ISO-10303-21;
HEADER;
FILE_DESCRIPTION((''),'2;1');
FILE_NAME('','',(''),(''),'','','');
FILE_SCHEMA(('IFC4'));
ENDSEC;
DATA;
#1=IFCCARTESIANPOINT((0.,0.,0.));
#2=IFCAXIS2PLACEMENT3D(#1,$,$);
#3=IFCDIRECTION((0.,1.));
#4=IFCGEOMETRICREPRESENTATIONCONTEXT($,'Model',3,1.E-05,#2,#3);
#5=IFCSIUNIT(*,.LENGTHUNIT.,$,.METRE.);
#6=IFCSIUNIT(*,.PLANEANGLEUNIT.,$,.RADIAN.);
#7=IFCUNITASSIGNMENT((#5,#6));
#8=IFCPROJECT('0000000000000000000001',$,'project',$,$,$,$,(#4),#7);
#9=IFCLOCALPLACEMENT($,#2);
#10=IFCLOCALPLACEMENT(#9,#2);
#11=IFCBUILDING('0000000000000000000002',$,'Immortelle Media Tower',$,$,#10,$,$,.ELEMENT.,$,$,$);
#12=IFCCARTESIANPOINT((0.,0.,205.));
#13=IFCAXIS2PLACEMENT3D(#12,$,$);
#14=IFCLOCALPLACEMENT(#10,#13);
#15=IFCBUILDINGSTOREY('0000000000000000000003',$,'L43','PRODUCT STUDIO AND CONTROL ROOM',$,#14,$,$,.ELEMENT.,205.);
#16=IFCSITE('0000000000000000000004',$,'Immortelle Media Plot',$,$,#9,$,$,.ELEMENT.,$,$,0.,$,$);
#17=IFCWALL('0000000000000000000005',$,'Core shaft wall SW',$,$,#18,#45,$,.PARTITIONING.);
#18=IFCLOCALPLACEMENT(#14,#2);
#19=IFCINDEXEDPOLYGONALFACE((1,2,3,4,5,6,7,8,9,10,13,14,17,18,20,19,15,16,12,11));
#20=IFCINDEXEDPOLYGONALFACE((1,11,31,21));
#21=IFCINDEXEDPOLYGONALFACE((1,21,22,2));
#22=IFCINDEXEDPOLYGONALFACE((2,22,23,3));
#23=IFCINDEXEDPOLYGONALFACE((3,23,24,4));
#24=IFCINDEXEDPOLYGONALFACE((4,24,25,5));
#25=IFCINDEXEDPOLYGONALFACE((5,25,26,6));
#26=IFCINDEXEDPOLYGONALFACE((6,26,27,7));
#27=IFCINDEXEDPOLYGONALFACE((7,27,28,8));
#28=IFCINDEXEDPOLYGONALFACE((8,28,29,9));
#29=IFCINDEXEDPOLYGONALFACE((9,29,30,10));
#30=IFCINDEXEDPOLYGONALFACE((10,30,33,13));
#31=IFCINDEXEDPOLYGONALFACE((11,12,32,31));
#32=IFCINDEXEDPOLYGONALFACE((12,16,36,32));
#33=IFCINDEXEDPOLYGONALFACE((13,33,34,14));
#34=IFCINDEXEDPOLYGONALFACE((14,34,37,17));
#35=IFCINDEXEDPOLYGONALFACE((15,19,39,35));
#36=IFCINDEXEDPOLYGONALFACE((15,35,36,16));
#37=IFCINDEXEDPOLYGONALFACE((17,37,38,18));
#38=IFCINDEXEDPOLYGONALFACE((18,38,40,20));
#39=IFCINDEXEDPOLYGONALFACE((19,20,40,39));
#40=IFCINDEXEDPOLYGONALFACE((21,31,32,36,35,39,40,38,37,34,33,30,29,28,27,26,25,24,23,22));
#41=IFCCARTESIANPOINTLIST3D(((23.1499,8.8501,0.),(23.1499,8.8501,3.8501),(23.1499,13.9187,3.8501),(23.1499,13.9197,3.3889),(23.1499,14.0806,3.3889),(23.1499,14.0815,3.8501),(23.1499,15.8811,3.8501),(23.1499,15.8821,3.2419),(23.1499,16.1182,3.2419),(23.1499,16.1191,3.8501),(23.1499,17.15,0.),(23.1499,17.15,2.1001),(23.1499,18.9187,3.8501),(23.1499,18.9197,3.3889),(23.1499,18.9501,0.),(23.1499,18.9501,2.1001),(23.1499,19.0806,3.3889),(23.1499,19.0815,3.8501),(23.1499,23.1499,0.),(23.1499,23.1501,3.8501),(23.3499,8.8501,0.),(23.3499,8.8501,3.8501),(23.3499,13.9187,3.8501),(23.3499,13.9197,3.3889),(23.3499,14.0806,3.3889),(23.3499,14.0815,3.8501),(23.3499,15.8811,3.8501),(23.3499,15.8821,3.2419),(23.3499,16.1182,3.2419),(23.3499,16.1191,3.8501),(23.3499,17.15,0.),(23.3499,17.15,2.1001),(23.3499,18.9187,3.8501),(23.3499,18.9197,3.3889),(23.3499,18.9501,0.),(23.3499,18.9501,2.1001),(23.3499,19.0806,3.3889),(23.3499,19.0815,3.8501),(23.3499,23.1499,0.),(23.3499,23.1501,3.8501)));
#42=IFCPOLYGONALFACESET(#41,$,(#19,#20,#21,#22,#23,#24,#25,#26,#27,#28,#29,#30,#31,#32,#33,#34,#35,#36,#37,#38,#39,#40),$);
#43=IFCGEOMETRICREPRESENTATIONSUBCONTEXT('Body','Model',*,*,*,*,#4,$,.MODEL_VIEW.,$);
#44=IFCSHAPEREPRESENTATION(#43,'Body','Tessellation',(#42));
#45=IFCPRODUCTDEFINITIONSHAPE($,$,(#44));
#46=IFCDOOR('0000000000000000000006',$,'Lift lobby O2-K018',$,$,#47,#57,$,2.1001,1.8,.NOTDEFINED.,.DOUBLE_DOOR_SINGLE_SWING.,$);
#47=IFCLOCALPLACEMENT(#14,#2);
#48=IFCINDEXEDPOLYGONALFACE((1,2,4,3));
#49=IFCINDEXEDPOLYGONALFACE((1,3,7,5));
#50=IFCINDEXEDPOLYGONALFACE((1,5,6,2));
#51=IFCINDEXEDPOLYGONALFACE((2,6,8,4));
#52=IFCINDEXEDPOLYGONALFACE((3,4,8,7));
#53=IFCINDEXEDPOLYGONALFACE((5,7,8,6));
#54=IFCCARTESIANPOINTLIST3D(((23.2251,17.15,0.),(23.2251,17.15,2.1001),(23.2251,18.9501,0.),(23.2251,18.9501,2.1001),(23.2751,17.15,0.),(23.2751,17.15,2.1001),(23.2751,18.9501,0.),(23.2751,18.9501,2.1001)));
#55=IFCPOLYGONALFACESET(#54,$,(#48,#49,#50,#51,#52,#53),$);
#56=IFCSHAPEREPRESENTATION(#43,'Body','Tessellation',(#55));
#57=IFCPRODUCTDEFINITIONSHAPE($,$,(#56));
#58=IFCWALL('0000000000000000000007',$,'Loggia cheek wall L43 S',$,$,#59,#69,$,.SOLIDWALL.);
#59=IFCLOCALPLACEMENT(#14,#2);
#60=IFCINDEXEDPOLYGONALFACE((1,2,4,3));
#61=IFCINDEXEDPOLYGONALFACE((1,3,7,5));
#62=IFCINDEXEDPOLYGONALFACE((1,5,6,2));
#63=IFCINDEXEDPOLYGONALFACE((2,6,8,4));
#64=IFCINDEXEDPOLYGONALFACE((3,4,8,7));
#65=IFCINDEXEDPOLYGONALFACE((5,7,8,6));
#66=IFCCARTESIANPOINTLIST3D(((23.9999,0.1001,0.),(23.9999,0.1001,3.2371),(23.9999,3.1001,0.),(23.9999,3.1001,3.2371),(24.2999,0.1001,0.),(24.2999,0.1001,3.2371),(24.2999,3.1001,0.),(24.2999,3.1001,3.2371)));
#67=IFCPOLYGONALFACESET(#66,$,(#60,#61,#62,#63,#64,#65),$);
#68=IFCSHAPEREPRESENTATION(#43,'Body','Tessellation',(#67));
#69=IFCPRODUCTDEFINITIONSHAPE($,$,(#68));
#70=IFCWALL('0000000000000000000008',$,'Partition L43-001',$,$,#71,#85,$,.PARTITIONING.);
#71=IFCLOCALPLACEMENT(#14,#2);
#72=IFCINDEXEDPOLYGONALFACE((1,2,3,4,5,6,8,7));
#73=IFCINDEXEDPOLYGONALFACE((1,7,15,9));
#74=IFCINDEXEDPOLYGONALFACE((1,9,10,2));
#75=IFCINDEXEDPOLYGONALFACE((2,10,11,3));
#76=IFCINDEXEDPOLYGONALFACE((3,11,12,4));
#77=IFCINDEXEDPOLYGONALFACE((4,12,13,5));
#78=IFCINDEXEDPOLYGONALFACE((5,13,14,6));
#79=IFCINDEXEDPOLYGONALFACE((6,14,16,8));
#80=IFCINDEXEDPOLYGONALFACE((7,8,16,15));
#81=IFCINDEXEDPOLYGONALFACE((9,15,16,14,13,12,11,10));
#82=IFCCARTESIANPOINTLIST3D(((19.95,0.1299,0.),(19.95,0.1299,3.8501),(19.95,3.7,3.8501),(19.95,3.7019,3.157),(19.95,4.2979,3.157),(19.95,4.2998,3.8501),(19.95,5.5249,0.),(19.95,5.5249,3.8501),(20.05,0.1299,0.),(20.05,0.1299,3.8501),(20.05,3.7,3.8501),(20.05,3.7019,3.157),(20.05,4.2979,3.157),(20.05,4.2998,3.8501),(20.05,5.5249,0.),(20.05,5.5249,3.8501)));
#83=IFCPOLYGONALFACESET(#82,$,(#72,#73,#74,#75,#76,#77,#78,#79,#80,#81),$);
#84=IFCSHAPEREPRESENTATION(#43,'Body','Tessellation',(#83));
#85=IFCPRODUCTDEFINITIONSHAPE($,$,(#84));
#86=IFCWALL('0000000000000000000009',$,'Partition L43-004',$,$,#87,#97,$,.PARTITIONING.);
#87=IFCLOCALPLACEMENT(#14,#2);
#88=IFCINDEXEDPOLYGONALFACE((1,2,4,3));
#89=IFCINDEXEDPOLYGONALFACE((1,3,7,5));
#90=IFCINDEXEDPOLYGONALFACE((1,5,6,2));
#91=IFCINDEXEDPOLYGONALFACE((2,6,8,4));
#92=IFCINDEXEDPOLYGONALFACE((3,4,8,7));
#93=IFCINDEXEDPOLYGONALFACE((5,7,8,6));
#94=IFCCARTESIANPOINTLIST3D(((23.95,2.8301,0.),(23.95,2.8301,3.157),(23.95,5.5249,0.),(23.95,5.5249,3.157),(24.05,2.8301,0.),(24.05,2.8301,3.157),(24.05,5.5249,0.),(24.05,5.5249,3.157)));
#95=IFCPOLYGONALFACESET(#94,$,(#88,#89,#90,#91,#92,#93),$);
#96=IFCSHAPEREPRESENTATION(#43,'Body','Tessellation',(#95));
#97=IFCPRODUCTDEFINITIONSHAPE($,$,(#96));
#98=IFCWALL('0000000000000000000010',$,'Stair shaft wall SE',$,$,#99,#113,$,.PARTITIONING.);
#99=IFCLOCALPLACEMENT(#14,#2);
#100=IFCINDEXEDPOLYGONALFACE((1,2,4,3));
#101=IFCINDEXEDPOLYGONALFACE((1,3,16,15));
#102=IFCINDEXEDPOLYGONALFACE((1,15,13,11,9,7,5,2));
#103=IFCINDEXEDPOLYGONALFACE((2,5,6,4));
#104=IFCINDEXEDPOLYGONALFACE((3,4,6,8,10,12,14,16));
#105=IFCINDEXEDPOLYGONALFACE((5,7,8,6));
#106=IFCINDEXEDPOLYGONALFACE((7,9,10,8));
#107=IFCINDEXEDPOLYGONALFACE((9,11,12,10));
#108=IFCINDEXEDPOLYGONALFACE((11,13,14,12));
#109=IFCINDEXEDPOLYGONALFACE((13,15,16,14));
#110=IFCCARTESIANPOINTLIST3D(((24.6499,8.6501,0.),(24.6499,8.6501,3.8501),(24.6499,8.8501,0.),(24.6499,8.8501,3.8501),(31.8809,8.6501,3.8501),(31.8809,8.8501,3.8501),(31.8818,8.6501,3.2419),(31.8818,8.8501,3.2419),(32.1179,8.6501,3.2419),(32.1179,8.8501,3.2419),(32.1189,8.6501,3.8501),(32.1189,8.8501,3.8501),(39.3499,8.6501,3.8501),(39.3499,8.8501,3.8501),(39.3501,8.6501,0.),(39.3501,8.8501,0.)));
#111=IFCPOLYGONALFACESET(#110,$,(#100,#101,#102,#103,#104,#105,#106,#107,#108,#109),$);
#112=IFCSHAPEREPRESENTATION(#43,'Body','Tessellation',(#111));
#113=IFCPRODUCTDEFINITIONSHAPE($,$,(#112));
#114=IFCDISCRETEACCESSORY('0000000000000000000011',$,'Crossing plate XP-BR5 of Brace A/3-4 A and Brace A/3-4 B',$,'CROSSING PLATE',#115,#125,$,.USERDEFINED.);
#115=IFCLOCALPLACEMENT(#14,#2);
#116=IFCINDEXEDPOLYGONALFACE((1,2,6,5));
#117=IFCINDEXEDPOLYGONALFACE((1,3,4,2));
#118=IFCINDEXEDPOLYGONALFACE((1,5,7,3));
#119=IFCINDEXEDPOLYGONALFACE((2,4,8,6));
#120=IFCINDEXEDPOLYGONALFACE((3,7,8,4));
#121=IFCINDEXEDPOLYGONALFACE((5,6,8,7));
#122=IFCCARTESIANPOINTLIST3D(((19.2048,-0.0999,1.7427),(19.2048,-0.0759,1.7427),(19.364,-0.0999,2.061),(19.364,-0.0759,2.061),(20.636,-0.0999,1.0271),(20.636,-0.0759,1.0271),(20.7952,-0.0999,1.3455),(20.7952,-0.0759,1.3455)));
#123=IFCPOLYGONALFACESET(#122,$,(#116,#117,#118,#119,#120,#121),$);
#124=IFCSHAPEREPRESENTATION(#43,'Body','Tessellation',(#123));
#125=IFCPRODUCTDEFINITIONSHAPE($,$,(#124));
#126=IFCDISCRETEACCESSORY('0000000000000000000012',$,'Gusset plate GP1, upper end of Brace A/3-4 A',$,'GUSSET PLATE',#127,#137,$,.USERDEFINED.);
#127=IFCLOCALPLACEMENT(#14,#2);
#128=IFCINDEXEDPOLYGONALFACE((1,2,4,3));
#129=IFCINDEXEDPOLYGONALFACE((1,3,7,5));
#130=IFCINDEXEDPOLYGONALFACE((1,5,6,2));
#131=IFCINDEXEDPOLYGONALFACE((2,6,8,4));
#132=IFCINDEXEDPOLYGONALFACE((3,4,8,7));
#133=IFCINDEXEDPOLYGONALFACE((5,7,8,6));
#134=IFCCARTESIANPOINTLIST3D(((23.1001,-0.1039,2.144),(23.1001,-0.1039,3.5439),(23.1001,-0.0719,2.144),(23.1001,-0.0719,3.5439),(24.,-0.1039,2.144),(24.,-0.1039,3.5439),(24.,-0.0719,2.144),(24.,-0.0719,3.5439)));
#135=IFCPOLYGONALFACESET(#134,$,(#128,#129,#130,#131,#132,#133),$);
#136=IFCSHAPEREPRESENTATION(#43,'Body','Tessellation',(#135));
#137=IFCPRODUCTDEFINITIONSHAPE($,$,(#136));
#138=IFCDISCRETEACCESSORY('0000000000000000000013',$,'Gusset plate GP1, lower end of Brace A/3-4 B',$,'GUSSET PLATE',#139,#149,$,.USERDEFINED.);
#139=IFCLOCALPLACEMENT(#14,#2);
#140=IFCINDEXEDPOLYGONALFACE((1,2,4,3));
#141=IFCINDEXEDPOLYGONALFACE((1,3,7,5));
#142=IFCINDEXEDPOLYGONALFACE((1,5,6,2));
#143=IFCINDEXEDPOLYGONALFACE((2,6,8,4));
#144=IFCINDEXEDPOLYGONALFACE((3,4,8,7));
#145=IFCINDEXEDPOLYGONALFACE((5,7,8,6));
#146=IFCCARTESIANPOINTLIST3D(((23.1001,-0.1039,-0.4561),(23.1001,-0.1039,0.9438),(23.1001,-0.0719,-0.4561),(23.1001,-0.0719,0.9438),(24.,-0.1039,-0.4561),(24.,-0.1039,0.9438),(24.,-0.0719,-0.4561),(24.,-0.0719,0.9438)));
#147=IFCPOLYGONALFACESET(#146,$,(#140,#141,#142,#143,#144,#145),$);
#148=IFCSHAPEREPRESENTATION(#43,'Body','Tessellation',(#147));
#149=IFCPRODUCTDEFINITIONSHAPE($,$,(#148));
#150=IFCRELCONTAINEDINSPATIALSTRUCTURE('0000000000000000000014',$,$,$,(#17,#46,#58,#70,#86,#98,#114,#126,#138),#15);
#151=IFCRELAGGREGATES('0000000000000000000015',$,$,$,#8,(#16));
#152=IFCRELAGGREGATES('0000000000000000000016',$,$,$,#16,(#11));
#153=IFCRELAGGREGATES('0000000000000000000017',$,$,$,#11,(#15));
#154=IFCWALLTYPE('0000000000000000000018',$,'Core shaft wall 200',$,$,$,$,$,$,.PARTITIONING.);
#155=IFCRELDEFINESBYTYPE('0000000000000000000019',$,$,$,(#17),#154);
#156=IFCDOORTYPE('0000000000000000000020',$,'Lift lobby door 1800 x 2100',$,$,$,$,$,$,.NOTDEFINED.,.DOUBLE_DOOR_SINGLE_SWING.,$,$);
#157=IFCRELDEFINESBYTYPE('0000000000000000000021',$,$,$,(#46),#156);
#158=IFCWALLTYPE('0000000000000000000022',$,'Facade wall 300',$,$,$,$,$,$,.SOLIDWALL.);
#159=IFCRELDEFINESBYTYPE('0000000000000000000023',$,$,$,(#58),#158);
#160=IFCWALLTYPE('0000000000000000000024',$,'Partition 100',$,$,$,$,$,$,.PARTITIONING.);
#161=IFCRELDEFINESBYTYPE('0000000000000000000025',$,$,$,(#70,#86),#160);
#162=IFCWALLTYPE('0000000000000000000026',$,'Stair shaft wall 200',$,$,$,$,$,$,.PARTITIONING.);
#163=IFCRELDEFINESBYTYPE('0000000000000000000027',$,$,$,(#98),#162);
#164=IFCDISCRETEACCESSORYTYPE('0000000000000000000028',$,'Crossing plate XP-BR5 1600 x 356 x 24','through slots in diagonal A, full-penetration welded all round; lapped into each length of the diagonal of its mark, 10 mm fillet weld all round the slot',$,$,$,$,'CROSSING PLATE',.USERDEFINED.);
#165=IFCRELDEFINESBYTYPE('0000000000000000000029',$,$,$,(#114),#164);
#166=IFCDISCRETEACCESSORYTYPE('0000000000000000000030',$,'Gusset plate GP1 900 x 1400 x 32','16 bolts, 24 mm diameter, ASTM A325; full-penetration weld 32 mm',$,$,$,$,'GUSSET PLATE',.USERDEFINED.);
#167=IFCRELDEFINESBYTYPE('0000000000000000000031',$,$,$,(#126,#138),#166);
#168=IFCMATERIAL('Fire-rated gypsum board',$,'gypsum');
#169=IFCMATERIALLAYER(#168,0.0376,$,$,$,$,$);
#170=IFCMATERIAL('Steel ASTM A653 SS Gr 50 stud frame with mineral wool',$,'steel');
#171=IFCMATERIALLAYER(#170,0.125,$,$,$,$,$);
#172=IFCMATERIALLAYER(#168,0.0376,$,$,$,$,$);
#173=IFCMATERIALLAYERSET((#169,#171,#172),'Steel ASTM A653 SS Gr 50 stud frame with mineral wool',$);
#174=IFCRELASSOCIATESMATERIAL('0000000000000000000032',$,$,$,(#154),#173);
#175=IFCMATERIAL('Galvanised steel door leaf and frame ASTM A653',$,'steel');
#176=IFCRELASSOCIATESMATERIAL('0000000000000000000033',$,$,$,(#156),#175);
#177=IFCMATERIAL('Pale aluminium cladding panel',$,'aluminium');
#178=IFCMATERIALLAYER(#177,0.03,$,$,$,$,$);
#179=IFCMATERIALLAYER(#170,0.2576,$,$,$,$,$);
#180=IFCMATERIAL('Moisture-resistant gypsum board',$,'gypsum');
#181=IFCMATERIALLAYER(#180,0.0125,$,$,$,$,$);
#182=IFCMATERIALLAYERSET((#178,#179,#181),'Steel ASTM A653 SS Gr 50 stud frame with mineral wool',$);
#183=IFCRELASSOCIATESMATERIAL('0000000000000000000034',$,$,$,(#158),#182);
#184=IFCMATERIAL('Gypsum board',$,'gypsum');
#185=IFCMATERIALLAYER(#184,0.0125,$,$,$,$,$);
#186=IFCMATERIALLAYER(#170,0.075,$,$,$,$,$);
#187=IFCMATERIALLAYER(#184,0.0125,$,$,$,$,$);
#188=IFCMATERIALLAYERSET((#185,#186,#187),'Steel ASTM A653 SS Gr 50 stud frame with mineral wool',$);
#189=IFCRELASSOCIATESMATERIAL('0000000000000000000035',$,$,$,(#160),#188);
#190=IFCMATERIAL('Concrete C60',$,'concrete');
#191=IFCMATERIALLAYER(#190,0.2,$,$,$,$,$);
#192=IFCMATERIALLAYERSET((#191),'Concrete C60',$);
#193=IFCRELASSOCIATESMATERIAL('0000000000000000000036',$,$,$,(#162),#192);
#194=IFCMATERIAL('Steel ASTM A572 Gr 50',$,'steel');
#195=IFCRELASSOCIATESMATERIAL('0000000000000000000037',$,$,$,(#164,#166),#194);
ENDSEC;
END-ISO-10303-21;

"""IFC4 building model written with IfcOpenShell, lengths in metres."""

from ifc_helpers import new_model, si_unit, direction, frame, frame_2d, origin, origin_2d, place, context, subcontext, project, spatial, polyline, rectangle, outline, extrude, material, layer, layer_set, material_profile, profile_set, type_object, element, fill, save


model = new_model("IFC4")

# Units and contexts
model_context = context("Model", 3, precision=1e-05, world=origin(), true_north=direction((0.0, 1.0)))
body_context = subcontext(model_context, "Body", "Model", "MODEL_VIEW")
ifc_project = project(units=[si_unit("LENGTHUNIT", "METRE"), si_unit("PLANEANGLEUNIT", "RADIAN")], contexts=[model_context])

# Site, building, storey
site_placement = place(None, origin())
site = spatial("IfcSite", under=ifc_project, at=site_placement, Name="Immortelle Media Plot", CompositionType="ELEMENT", RefElevation=0.0)
building_placement = place(site_placement, origin())
building = spatial("IfcBuilding", under=site, at=building_placement, Name="Immortelle Media Tower", CompositionType="ELEMENT")
storey_placement = place(building_placement, frame((0.0, 0.0, 205.0)))
storey = spatial("IfcBuildingStorey", under=building, at=storey_placement, Name="L43", Description="PRODUCT STUDIO AND CONTROL ROOM", CompositionType="ELEMENT", Elevation=205.0)

# Wall, opening, door
ifc_material_1 = material(Name="Fire-rated gypsum board", Category="gypsum")
ifc_layer_1 = layer(ifc_material_1, 0.0376)
ifc_material_2 = material(Name="Steel ASTM A653 SS Gr 50 stud frame with mineral wool", Category="steel")
ifc_layer_2 = layer(ifc_material_2, 0.125)
ifc_layer_3 = layer(ifc_material_1, 0.0376)
ifc_layer_set_1 = layer_set([ifc_layer_1, ifc_layer_2, ifc_layer_3], Name="Steel ASTM A653 SS Gr 50 stud frame with mineral wool")
wall_type_1 = type_object("IfcWallType", Name="Core shaft wall 200", PredefinedType="PARTITIONING", material=ifc_layer_set_1)
wall_1_placement = place(storey_placement, frame((23.25, 8.8501, 0.0), z_axis=(0.0, 0.0, 1.0), x_axis=(0.0, 1.0, 0.0)))
wall_1 = element("IfcWall", 1, at=wall_1_placement, inside=storey, type_object=wall_type_1, Name="Core shaft wall SW", PredefinedType="PARTITIONING", context=body_context, shape_type="SweptSolid", body=[
    extrude(outline(polyline([(0.0, 0.0), (14.2998, 0.0), (14.3, 3.8501), (10.2314, 3.8501), (10.2305, 3.3889), (10.0696, 3.3889), (10.0686, 3.8501), (7.269, 3.8501), (7.2681, 3.2419), (7.032, 3.2419), (7.031, 3.8501), (5.2314, 3.8501), (5.2305, 3.3889), (5.0696, 3.3889), (5.0686, 3.8501), (0.0, 3.8501), (0.0, 0.0)])), frame((0.0, 0.1001, 0.0), z_axis=(0.0, -1.0, 0.0), x_axis=(1.0, 0.0, 0.0)), (0.0, 0.0, 1.0), 0.2),
])
opening_1_placement = place(wall_1_placement, frame((8.3, 0.0, 0.0)))
opening_1 = element("IfcOpeningElement", 2, at=opening_1_placement, cuts=wall_1, PredefinedType="OPENING", context=body_context, shape_type="SweptSolid", body=[
    extrude(rectangle(XDim=1.8, YDim=2.1001, at=frame_2d((0.8999, 1.05))), frame((0.0, 0.1099, 0.0), z_axis=(0.0, -1.0, 0.0), x_axis=(1.0, 0.0, 0.0)), (0.0, 0.0, 1.0), 0.22),
])
ifc_material_3 = material(Name="Galvanised steel door leaf and frame ASTM A653", Category="steel")
door_type_1 = type_object("IfcDoorType", Name="Lift lobby door 1800 x 2100", OperationType="DOUBLE_DOOR_SINGLE_SWING", PredefinedType="NOTDEFINED", material=ifc_material_3)
door_1_placement = place(opening_1_placement, origin())
door_1 = element("IfcDoor", 3, at=door_1_placement, inside=storey, type_object=door_type_1, Name="Lift lobby O2-K018", OperationType="DOUBLE_DOOR_SINGLE_SWING", OverallHeight=2.1001, OverallWidth=1.8, PredefinedType="NOTDEFINED", context=body_context, shape_type="SweptSolid", body=[
    extrude(rectangle(XDim=1.8, YDim=2.1001, at=frame_2d((0.8999, 1.05))), frame((0.0, 0.0249, 0.0), z_axis=(0.0, -1.0, 0.0), x_axis=(1.0, 0.0, 0.0)), (0.0, 0.0, 1.0), 0.05),
])
fill(opening_1, door_1)

# Shared definitions
ifc_material_4 = material(Name="Pale aluminium cladding panel", Category="aluminium")
ifc_layer_4 = layer(ifc_material_4, 0.03)
ifc_layer_5 = layer(ifc_material_2, 0.2576)
ifc_material_5 = material(Name="Moisture-resistant gypsum board", Category="gypsum")
ifc_layer_6 = layer(ifc_material_5, 0.0125)
ifc_layer_set_2 = layer_set([ifc_layer_4, ifc_layer_5, ifc_layer_6], Name="Steel ASTM A653 SS Gr 50 stud frame with mineral wool")
wall_type_2 = type_object("IfcWallType", Name="Facade wall 300", PredefinedType="SOLIDWALL", material=ifc_layer_set_2)

# Walls
wall_2_placement = place(storey_placement, frame((24.1499, 0.1001, 0.0), z_axis=(0.0, 0.0, 1.0), x_axis=(0.0, 1.0, 0.0)))
element("IfcWall", 4, at=wall_2_placement, inside=storey, type_object=wall_type_2, Name="Loggia cheek wall L43 S", PredefinedType="SOLIDWALL", context=body_context, shape_type="SweptSolid", body=[
    extrude(rectangle(XDim=3.0, YDim=0.3, at=frame_2d((1.5, 0.0))), origin(), (0.0, 0.0, 1.0), 3.2371),
])
ifc_material_6 = material(Name="Gypsum board", Category="gypsum")
ifc_layer_7 = layer(ifc_material_6, 0.0125)
ifc_layer_8 = layer(ifc_material_2, 0.075)
ifc_layer_9 = layer(ifc_material_6, 0.0125)
ifc_layer_set_3 = layer_set([ifc_layer_7, ifc_layer_8, ifc_layer_9], Name="Steel ASTM A653 SS Gr 50 stud frame with mineral wool")
wall_type_3 = type_object("IfcWallType", Name="Partition 100", PredefinedType="PARTITIONING", material=ifc_layer_set_3)
wall_3_placement = place(storey_placement, frame((20.0, 0.1299, 0.0), z_axis=(0.0, 0.0, 1.0), x_axis=(0.0, 1.0, 0.0)))
element("IfcWall", 5, at=wall_3_placement, inside=storey, type_object=wall_type_3, Name="Partition L43-001", PredefinedType="PARTITIONING", context=body_context, shape_type="SweptSolid", body=[
    extrude(outline(polyline([(0.0, 0.0), (5.395, 0.0), (5.395, 3.8501), (4.1699, 3.8501), (4.168, 3.157), (3.572, 3.157), (3.5701, 3.8501), (0.0, 3.8501), (0.0, 0.0)])), frame((0.0, 0.05, 0.0), z_axis=(0.0, -1.0, 0.0), x_axis=(1.0, 0.0, 0.0)), (0.0, 0.0, 1.0), 0.1001),
])
wall_4_placement = place(storey_placement, frame((24.0, 2.8301, 0.0), z_axis=(0.0, 0.0, 1.0), x_axis=(0.0, 1.0, 0.0)))
element("IfcWall", 6, at=wall_4_placement, inside=storey, type_object=wall_type_3, Name="Partition L43-004", PredefinedType="PARTITIONING", context=body_context, shape_type="SweptSolid", body=[
    extrude(rectangle(XDim=2.6948, YDim=0.1001, at=frame_2d((1.3474, 0.0))), origin(), (0.0, 0.0, 1.0), 3.157),
])
ifc_material_7 = material(Name="Concrete C60", Category="concrete")
ifc_layer_10 = layer(ifc_material_7, 0.2)
ifc_layer_set_4 = layer_set([ifc_layer_10], Name="Concrete C60")
wall_type_4 = type_object("IfcWallType", Name="Stair shaft wall 200", PredefinedType="PARTITIONING", material=ifc_layer_set_4)
wall_5_placement = place(storey_placement, frame((24.6499, 8.75, 0.0), z_axis=(0.0, 0.0, 1.0), x_axis=(1.0, 0.0, 0.0)))
element("IfcWall", 7, at=wall_5_placement, inside=storey, type_object=wall_type_4, Name="Stair shaft wall SE", PredefinedType="PARTITIONING", context=body_context, shape_type="SweptSolid", body=[
    extrude(outline(polyline([(0.0, 0.0), (14.7002, 0.0), (14.7, 3.8501), (7.469, 3.8501), (7.468, 3.2419), (7.2319, 3.2419), (7.231, 3.8501), (0.0, 3.8501), (0.0, 0.0)])), frame((0.0, 0.1001, 0.0), z_axis=(0.0, -1.0, 0.0), x_axis=(1.0, 0.0, 0.0)), (0.0, 0.0, 1.0), 0.2),
])

# Discrete accessories
ifc_material_8 = material(Name="Steel ASTM A572 Gr 50", Category="steel")
ifc_material_profile_1 = material_profile(ifc_material_8, rectangle(XDim=0.0239, YDim=0.356, at=origin_2d()), Name="PL 24 x 356")
ifc_profile_set_1 = profile_set([ifc_material_profile_1], Name="Steel ASTM A572 Gr 50")
discrete_accessory_type_1 = type_object("IfcDiscreteAccessoryType", Name="Crossing plate XP-BR5 1600 x 356 x 24", Description="through slots in diagonal A, full-penetration welded all round; lapped into each length of the diagonal of its mark, 10 mm fillet weld all round the slot", ElementType="CROSSING PLATE", PredefinedType="USERDEFINED", material=ifc_profile_set_1)
discrete_accessory_placement = place(storey_placement, frame((19.2844, -0.0879, 1.9019), z_axis=(0.894427, 0.0, -0.447214), x_axis=(0.0, 1.0, 0.0)))
element("IfcDiscreteAccessory", 8, at=discrete_accessory_placement, inside=storey, type_object=discrete_accessory_type_1, Name="Crossing plate XP-BR5 of Brace A/3-4 A and Brace A/3-4 B", ObjectType="CROSSING PLATE", PredefinedType="USERDEFINED", context=body_context, shape_type="SweptSolid", body=[
    extrude(rectangle(XDim=0.0239, YDim=0.356, at=origin_2d()), origin(), (0.0, 0.0, 1.0), 1.6001),
])
ifc_material_profile_2 = material_profile(ifc_material_8, rectangle(XDim=0.032, YDim=1.3999, at=origin_2d()), Name="PL 32 x 1400")
ifc_profile_set_2 = profile_set([ifc_material_profile_2], Name="Steel ASTM A572 Gr 50")
discrete_accessory_type_2 = type_object("IfcDiscreteAccessoryType", Name="Gusset plate GP1 900 x 1400 x 32", Description="16 bolts, 24 mm diameter, ASTM A325; full-penetration weld 32 mm", ElementType="GUSSET PLATE", PredefinedType="USERDEFINED", material=ifc_profile_set_2)
for number, where, z_axis, x_axis, name in (
    (9, (24.0, -0.0879, 2.844), (-1.0, 0.0, 0.0), (0.0, -1.0, 0.0), "Gusset plate GP1, upper end of Brace A/3-4 A"),
    (10, (24.0, -0.0879, 0.2439), (-1.0, 0.0, 0.0), (0.0, -1.0, 0.0), "Gusset plate GP1, lower end of Brace A/3-4 B"),
):
    element("IfcDiscreteAccessory", number, at=place(storey_placement, frame(where, z_axis=z_axis, x_axis=x_axis)), inside=storey, type_object=discrete_accessory_type_2, Name=name, ObjectType="GUSSET PLATE", PredefinedType="USERDEFINED", context=body_context, shape_type="SweptSolid", body=[
        extrude(rectangle(XDim=0.032, YDim=1.3999, at=origin_2d()), origin(), (0.0, 0.0, 1.0), 0.8999),
    ])

save(model, "model.ifc")
